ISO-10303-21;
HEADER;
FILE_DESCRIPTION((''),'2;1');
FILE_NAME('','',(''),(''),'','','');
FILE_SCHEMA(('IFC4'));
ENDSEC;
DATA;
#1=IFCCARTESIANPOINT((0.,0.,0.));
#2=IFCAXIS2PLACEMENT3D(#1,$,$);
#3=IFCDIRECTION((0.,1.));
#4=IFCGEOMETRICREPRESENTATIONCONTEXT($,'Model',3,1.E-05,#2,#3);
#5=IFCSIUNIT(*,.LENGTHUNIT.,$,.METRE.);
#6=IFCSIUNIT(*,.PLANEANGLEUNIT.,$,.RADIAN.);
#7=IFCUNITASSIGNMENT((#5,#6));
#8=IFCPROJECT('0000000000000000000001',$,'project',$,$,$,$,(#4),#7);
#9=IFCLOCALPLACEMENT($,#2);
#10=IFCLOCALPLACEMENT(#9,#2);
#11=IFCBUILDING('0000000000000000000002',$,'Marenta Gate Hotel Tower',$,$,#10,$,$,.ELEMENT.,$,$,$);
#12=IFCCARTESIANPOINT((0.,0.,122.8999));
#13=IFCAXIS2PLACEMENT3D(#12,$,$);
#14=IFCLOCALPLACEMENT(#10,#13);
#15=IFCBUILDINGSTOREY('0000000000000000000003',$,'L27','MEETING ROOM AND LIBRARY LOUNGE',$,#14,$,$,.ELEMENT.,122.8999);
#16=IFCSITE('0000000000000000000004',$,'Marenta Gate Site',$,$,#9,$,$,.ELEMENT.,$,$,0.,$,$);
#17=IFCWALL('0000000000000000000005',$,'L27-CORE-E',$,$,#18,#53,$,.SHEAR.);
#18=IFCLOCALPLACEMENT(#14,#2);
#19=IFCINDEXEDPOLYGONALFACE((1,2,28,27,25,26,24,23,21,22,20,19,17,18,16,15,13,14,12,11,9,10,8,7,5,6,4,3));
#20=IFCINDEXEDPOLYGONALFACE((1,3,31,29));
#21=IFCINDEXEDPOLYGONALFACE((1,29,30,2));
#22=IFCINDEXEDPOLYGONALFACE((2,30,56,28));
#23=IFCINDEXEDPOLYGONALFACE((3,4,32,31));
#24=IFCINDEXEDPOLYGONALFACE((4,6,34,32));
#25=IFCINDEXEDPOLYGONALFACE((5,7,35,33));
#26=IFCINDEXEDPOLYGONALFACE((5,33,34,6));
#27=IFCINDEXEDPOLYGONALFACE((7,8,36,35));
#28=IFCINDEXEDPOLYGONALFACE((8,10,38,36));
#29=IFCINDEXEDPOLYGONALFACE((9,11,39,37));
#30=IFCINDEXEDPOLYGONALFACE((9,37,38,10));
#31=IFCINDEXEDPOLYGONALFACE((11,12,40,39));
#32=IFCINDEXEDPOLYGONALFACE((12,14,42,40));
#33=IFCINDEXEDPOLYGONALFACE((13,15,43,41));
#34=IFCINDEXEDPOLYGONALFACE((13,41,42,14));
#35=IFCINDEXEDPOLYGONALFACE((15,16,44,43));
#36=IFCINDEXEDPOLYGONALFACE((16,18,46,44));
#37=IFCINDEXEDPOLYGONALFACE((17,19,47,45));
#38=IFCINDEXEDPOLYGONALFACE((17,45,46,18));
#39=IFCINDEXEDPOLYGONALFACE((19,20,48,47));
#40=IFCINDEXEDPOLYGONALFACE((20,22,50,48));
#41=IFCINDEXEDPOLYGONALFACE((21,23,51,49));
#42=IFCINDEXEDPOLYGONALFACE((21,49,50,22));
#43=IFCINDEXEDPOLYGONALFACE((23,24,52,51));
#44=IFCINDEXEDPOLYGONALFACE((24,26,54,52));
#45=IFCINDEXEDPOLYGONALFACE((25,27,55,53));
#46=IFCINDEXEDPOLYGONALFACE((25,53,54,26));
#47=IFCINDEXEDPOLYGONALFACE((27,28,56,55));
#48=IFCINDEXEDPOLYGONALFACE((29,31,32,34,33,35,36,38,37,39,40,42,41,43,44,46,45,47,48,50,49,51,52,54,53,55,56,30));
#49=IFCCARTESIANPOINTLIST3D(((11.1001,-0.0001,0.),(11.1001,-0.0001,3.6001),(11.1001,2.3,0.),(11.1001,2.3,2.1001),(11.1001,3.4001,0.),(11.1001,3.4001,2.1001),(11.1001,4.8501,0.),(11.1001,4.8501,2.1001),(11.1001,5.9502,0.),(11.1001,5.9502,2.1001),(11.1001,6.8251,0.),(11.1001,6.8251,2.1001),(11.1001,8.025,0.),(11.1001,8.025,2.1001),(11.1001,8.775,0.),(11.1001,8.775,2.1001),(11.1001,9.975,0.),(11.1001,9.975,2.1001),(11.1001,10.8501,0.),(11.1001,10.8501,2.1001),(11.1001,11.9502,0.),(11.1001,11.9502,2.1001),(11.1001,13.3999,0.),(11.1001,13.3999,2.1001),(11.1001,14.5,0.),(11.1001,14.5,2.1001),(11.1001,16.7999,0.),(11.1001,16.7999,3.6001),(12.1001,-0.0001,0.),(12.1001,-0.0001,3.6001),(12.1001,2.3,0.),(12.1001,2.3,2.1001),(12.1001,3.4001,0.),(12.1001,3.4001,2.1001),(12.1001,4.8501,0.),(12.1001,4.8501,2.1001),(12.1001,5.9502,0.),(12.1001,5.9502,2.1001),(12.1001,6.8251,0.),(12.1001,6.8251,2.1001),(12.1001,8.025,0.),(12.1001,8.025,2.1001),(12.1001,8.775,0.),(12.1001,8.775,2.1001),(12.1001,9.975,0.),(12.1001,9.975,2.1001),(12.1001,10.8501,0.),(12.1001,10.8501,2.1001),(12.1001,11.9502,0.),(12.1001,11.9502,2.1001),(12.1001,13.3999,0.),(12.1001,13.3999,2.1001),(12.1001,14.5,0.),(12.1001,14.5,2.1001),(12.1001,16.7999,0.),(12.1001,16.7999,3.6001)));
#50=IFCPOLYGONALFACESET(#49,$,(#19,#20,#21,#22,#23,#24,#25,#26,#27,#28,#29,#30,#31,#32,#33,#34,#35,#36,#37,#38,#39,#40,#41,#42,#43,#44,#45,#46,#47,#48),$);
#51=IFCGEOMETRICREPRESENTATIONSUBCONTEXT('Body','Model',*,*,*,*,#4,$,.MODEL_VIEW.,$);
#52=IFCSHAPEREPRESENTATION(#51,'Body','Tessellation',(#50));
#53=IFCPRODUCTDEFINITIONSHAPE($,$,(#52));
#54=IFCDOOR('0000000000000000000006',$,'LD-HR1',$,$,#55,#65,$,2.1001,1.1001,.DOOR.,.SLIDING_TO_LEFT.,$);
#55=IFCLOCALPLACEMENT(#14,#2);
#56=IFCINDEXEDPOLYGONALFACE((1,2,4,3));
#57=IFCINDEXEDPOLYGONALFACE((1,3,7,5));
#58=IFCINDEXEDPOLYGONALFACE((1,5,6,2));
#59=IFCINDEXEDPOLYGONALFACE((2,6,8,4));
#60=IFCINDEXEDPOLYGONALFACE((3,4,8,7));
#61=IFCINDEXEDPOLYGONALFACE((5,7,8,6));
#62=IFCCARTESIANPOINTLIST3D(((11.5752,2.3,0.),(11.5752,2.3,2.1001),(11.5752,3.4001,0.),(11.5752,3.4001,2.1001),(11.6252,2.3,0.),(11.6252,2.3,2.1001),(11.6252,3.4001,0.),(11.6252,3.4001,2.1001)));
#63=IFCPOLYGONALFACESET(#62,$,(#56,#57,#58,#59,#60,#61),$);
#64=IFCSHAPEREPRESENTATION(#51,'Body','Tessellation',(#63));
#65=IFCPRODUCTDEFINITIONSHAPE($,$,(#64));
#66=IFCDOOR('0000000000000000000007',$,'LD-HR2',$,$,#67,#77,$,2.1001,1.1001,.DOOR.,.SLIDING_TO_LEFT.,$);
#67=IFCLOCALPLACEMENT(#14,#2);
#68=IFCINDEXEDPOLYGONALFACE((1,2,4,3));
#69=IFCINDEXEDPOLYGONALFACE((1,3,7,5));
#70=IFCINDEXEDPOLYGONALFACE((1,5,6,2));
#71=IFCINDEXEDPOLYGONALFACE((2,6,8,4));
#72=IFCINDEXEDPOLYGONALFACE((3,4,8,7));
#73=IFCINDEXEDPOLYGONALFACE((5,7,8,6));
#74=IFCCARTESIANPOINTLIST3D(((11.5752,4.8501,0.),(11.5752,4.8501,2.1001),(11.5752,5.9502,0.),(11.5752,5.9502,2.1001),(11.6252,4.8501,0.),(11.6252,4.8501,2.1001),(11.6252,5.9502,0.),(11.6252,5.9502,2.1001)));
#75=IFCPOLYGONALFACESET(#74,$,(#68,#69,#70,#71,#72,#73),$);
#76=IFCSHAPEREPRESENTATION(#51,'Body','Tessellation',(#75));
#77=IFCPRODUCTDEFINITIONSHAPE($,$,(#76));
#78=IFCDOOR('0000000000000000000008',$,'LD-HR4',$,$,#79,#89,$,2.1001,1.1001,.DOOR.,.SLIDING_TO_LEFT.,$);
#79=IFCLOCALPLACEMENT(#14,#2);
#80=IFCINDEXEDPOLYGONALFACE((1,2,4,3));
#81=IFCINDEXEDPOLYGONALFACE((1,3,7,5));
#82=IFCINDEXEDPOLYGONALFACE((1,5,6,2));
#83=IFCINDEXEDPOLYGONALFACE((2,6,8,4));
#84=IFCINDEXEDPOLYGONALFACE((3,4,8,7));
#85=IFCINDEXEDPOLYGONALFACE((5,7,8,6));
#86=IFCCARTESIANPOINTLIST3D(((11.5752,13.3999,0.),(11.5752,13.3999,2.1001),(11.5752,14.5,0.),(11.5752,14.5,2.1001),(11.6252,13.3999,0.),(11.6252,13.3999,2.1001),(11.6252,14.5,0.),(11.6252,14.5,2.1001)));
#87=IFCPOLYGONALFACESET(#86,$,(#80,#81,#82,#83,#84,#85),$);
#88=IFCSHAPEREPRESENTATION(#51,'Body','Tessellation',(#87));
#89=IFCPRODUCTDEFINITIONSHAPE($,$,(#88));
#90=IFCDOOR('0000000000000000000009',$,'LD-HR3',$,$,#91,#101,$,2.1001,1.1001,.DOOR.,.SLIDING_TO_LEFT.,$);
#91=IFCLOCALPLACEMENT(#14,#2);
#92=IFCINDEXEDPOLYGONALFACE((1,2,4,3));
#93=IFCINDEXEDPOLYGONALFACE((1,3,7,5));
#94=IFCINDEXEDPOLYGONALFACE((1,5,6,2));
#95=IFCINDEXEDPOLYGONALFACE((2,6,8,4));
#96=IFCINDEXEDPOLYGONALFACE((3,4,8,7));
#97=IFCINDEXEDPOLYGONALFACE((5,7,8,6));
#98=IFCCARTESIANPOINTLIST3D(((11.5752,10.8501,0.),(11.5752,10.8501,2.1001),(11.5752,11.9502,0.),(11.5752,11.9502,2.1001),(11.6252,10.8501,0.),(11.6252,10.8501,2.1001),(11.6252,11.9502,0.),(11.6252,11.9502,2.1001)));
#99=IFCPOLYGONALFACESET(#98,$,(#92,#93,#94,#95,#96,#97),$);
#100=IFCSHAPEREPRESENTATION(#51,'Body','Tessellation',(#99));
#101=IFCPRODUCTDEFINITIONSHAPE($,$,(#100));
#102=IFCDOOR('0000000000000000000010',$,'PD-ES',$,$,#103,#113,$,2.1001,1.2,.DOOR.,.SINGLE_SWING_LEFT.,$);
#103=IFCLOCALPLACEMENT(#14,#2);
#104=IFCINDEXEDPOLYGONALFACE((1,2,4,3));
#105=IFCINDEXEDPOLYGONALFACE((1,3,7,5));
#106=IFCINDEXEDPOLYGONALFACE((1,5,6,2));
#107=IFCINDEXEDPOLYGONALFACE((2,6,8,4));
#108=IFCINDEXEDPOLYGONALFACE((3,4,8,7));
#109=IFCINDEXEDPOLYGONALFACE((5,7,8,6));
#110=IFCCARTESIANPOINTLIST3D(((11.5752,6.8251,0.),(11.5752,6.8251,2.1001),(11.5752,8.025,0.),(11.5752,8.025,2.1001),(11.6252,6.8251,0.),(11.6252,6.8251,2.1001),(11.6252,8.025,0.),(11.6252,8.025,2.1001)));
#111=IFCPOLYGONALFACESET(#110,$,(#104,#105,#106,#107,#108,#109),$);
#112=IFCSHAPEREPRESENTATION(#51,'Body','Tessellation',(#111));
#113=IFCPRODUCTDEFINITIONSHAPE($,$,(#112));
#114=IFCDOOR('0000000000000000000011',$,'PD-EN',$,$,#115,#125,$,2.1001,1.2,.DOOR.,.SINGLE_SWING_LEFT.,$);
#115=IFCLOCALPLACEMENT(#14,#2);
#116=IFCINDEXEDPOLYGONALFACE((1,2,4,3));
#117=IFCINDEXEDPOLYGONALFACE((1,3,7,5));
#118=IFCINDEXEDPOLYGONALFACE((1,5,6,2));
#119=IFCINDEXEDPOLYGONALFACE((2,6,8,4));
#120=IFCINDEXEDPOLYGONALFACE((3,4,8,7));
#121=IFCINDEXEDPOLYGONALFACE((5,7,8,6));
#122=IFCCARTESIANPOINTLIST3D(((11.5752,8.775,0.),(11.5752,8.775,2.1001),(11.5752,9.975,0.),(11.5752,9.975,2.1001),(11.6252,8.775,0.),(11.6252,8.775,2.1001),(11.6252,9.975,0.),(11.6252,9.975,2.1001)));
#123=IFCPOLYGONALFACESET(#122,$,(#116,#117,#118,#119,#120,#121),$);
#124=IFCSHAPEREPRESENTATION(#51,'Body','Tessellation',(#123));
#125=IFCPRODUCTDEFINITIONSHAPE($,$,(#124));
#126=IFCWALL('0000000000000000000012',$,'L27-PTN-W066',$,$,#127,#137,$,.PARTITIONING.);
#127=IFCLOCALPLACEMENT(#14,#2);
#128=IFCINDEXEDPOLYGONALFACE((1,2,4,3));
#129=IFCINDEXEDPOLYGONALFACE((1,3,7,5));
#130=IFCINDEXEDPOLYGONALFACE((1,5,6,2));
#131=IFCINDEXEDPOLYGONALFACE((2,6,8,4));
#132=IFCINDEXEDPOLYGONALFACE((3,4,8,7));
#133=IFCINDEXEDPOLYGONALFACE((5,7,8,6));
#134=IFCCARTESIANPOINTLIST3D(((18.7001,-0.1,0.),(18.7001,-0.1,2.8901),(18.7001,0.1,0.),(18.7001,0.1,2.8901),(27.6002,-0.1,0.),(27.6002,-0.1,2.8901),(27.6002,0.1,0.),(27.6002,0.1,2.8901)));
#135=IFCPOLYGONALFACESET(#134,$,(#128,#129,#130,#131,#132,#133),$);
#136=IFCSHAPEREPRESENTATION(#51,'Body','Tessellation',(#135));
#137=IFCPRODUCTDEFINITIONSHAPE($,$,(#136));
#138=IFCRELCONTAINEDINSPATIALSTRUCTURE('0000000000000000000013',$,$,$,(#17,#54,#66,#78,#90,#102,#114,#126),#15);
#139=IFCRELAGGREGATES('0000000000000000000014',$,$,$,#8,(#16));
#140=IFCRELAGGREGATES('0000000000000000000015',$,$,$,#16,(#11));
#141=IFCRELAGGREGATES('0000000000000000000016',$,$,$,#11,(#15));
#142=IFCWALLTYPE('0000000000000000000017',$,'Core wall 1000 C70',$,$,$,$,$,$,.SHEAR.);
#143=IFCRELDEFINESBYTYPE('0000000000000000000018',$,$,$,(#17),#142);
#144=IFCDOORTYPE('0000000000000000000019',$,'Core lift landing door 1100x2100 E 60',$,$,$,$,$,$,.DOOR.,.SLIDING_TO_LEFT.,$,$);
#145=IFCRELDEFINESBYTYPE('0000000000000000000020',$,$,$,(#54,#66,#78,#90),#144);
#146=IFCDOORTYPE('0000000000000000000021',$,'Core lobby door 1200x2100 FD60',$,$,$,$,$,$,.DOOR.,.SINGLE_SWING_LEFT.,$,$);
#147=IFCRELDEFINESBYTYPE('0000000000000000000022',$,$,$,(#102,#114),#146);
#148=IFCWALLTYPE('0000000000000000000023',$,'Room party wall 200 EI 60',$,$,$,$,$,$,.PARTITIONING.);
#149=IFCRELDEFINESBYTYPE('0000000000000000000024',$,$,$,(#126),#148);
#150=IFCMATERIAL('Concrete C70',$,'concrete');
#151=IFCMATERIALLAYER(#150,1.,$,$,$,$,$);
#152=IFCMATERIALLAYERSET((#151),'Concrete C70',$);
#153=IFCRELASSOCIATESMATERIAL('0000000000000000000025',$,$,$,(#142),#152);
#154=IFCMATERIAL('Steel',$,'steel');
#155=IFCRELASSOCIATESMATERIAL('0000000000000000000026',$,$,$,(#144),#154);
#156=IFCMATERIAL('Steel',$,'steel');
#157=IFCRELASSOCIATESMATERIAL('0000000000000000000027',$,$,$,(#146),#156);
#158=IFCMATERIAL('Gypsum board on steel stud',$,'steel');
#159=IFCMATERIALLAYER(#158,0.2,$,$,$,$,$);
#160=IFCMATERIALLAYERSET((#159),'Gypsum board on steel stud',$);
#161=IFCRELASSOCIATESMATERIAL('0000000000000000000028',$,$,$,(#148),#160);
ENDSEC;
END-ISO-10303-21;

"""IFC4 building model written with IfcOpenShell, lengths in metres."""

from ifc_helpers import new_model, si_unit, direction, frame, frame_2d, origin, place, context, subcontext, project, spatial, rectangle, extrude, material, layer, layer_set, type_object, element, fill, save


model = new_model("IFC4")

# Units and contexts
model_context = context("Model", 3, precision=1e-05, world=origin(), true_north=direction((0.0, 1.0)))
body_context = subcontext(model_context, "Body", "Model", "MODEL_VIEW")
ifc_project = project(units=[si_unit("LENGTHUNIT", "METRE"), si_unit("PLANEANGLEUNIT", "RADIAN")], contexts=[model_context])

# Site, building, storey
site_placement = place(None, origin())
site = spatial("IfcSite", under=ifc_project, at=site_placement, Name="Marenta Gate Site", CompositionType="ELEMENT", RefElevation=0.0)
building_placement = place(site_placement, origin())
building = spatial("IfcBuilding", under=site, at=building_placement, Name="Marenta Gate Hotel Tower", CompositionType="ELEMENT")
storey_placement = place(building_placement, frame((0.0, 0.0, 122.8999)))
storey = spatial("IfcBuildingStorey", under=building, at=storey_placement, Name="L27", Description="MEETING ROOM AND LIBRARY LOUNGE", CompositionType="ELEMENT", Elevation=122.8999)

# Wall, openings, doors
ifc_material_1 = material(Name="Concrete C70", Category="concrete")
ifc_layer_1 = layer(ifc_material_1, 1.0)
ifc_layer_set_1 = layer_set([ifc_layer_1], Name="Concrete C70")
wall_type_1 = type_object("IfcWallType", Name="Core wall 1000 C70", PredefinedType="SHEAR", material=ifc_layer_set_1)
wall_1_placement = place(storey_placement, frame((11.6001, 0.0, 0.0), z_axis=(0.0, 0.0, 1.0), x_axis=(0.0, 1.0, 0.0)))
wall_1 = element("IfcWall", 1, at=wall_1_placement, inside=storey, type_object=wall_type_1, Name="L27-CORE-E", PredefinedType="SHEAR", context=body_context, shape_type="SweptSolid", body=[
    extrude(rectangle(XDim=16.8, YDim=1.0, at=frame_2d((8.3999, 0.0))), origin(), (0.0, 0.0, 1.0), 3.6001),
])
opening_1_placement = place(wall_1_placement, frame((2.3, 0.0, 0.0)))
opening_1 = element("IfcOpeningElement", 2, at=opening_1_placement, cuts=wall_1, PredefinedType="OPENING", context=body_context, shape_type="SweptSolid", body=[
    extrude(rectangle(XDim=1.1001, YDim=2.1001, at=frame_2d((0.55, 1.05))), frame((0.0, 0.5, 0.0), z_axis=(0.0, -1.0, 0.0), x_axis=(1.0, 0.0, 0.0)), (0.0, 0.0, 1.0), 1.0),
])
opening_2_placement = place(wall_1_placement, frame((4.8501, 0.0, 0.0)))
opening_2 = element("IfcOpeningElement", 3, at=opening_2_placement, cuts=wall_1, PredefinedType="OPENING", context=body_context, shape_type="SweptSolid", body=[
    extrude(rectangle(XDim=1.1001, YDim=2.1001, at=frame_2d((0.55, 1.05))), frame((0.0, 0.5, 0.0), z_axis=(0.0, -1.0, 0.0), x_axis=(1.0, 0.0, 0.0)), (0.0, 0.0, 1.0), 1.0),
])
opening_3_placement = place(wall_1_placement, frame((6.825, 0.0, 0.0)))
opening_3 = element("IfcOpeningElement", 4, at=opening_3_placement, cuts=wall_1, PredefinedType="OPENING", context=body_context, shape_type="SweptSolid", body=[
    extrude(rectangle(XDim=1.2, YDim=2.1001, at=frame_2d((0.6001, 1.05))), frame((0.0, 0.5, 0.0), z_axis=(0.0, -1.0, 0.0), x_axis=(1.0, 0.0, 0.0)), (0.0, 0.0, 1.0), 1.0),
])
opening_4_placement = place(wall_1_placement, frame((13.3999, 0.0, 0.0)))
opening_4 = element("IfcOpeningElement", 5, at=opening_4_placement, cuts=wall_1, PredefinedType="OPENING", context=body_context, shape_type="SweptSolid", body=[
    extrude(rectangle(XDim=1.1001, YDim=2.1001, at=frame_2d((0.55, 1.05))), frame((0.0, 0.5, 0.0), z_axis=(0.0, -1.0, 0.0), x_axis=(1.0, 0.0, 0.0)), (0.0, 0.0, 1.0), 1.0),
])
opening_5_placement = place(wall_1_placement, frame((10.8501, 0.0, 0.0)))
opening_5 = element("IfcOpeningElement", 6, at=opening_5_placement, cuts=wall_1, PredefinedType="OPENING", context=body_context, shape_type="SweptSolid", body=[
    extrude(rectangle(XDim=1.1001, YDim=2.1001, at=frame_2d((0.55, 1.05))), frame((0.0, 0.5, 0.0), z_axis=(0.0, -1.0, 0.0), x_axis=(1.0, 0.0, 0.0)), (0.0, 0.0, 1.0), 1.0),
])
opening_6_placement = place(wall_1_placement, frame((8.7749, 0.0, 0.0)))
opening_6 = element("IfcOpeningElement", 7, at=opening_6_placement, cuts=wall_1, PredefinedType="OPENING", context=body_context, shape_type="SweptSolid", body=[
    extrude(rectangle(XDim=1.2, YDim=2.1001, at=frame_2d((0.6001, 1.05))), frame((0.0, 0.5, 0.0), z_axis=(0.0, -1.0, 0.0), x_axis=(1.0, 0.0, 0.0)), (0.0, 0.0, 1.0), 1.0),
])
ifc_material_2 = material(Name="Steel", Category="steel")
door_type_1 = type_object("IfcDoorType", Name="Core lift landing door 1100x2100 E 60", OperationType="SLIDING_TO_LEFT", PredefinedType="DOOR", material=ifc_material_2)
door_1_placement = place(opening_1_placement, origin())
door_1 = element("IfcDoor", 8, at=door_1_placement, inside=storey, type_object=door_type_1, Name="LD-HR1", OperationType="SLIDING_TO_LEFT", OverallHeight=2.1001, OverallWidth=1.1001, PredefinedType="DOOR", context=body_context, shape_type="SweptSolid", body=[
    extrude(rectangle(XDim=1.1001, YDim=2.1001, at=frame_2d((0.55, 1.05))), frame((0.0, 0.0249, 0.0), z_axis=(0.0, -1.0, 0.0), x_axis=(1.0, 0.0, 0.0)), (0.0, 0.0, 1.0), 0.05),
])
fill(opening_1, door_1)
door_2_placement = place(opening_2_placement, origin())
door_2 = element("IfcDoor", 9, at=door_2_placement, inside=storey, type_object=door_type_1, Name="LD-HR2", OperationType="SLIDING_TO_LEFT", OverallHeight=2.1001, OverallWidth=1.1001, PredefinedType="DOOR", context=body_context, shape_type="SweptSolid", body=[
    extrude(rectangle(XDim=1.1001, YDim=2.1001, at=frame_2d((0.55, 1.05))), frame((0.0, 0.0249, 0.0), z_axis=(0.0, -1.0, 0.0), x_axis=(1.0, 0.0, 0.0)), (0.0, 0.0, 1.0), 0.05),
])
fill(opening_2, door_2)
door_3_placement = place(opening_4_placement, origin())
door_3 = element("IfcDoor", 10, at=door_3_placement, inside=storey, type_object=door_type_1, Name="LD-HR4", OperationType="SLIDING_TO_LEFT", OverallHeight=2.1001, OverallWidth=1.1001, PredefinedType="DOOR", context=body_context, shape_type="SweptSolid", body=[
    extrude(rectangle(XDim=1.1001, YDim=2.1001, at=frame_2d((0.55, 1.05))), frame((0.0, 0.0249, 0.0), z_axis=(0.0, -1.0, 0.0), x_axis=(1.0, 0.0, 0.0)), (0.0, 0.0, 1.0), 0.05),
])
fill(opening_4, door_3)
door_4_placement = place(opening_5_placement, origin())
door_4 = element("IfcDoor", 11, at=door_4_placement, inside=storey, type_object=door_type_1, Name="LD-HR3", OperationType="SLIDING_TO_LEFT", OverallHeight=2.1001, OverallWidth=1.1001, PredefinedType="DOOR", context=body_context, shape_type="SweptSolid", body=[
    extrude(rectangle(XDim=1.1001, YDim=2.1001, at=frame_2d((0.55, 1.05))), frame((0.0, 0.0249, 0.0), z_axis=(0.0, -1.0, 0.0), x_axis=(1.0, 0.0, 0.0)), (0.0, 0.0, 1.0), 0.05),
])
fill(opening_5, door_4)
ifc_material_3 = material(Name="Steel", Category="steel")
door_type_2 = type_object("IfcDoorType", Name="Core lobby door 1200x2100 FD60", OperationType="SINGLE_SWING_LEFT", PredefinedType="DOOR", material=ifc_material_3)
door_5_placement = place(opening_3_placement, origin())
door_5 = element("IfcDoor", 12, at=door_5_placement, inside=storey, type_object=door_type_2, Name="PD-ES", OperationType="SINGLE_SWING_LEFT", OverallHeight=2.1001, OverallWidth=1.2, PredefinedType="DOOR", context=body_context, shape_type="SweptSolid", body=[
    extrude(rectangle(XDim=1.2, YDim=2.1001, at=frame_2d((0.6001, 1.05))), frame((0.0, 0.0249, 0.0), z_axis=(0.0, -1.0, 0.0), x_axis=(1.0, 0.0, 0.0)), (0.0, 0.0, 1.0), 0.05),
])
fill(opening_3, door_5)
door_6_placement = place(opening_6_placement, origin())
door_6 = element("IfcDoor", 13, at=door_6_placement, inside=storey, type_object=door_type_2, Name="PD-EN", OperationType="SINGLE_SWING_LEFT", OverallHeight=2.1001, OverallWidth=1.2, PredefinedType="DOOR", context=body_context, shape_type="SweptSolid", body=[
    extrude(rectangle(XDim=1.2, YDim=2.1001, at=frame_2d((0.6001, 1.05))), frame((0.0, 0.0249, 0.0), z_axis=(0.0, -1.0, 0.0), x_axis=(1.0, 0.0, 0.0)), (0.0, 0.0, 1.0), 0.05),
])
fill(opening_6, door_6)

# Wall
ifc_material_4 = material(Name="Gypsum board on steel stud", Category="steel")
ifc_layer_2 = layer(ifc_material_4, 0.2)
ifc_layer_set_2 = layer_set([ifc_layer_2], Name="Gypsum board on steel stud")
wall_type_2 = type_object("IfcWallType", Name="Room party wall 200 EI 60", PredefinedType="PARTITIONING", material=ifc_layer_set_2)
wall_2_placement = place(storey_placement, frame((18.7, 0.0, 0.0), z_axis=(0.0, 0.0, 1.0), x_axis=(1.0, 0.0, 0.0)))
element("IfcWall", 14, at=wall_2_placement, inside=storey, type_object=wall_type_2, Name="L27-PTN-W066", PredefinedType="PARTITIONING", context=body_context, shape_type="SweptSolid", body=[
    extrude(rectangle(XDim=8.9001, YDim=0.2, at=frame_2d((4.4502, 0.0))), origin(), (0.0, 0.0, 1.0), 2.8901),
])

save(model, "model.ifc")
